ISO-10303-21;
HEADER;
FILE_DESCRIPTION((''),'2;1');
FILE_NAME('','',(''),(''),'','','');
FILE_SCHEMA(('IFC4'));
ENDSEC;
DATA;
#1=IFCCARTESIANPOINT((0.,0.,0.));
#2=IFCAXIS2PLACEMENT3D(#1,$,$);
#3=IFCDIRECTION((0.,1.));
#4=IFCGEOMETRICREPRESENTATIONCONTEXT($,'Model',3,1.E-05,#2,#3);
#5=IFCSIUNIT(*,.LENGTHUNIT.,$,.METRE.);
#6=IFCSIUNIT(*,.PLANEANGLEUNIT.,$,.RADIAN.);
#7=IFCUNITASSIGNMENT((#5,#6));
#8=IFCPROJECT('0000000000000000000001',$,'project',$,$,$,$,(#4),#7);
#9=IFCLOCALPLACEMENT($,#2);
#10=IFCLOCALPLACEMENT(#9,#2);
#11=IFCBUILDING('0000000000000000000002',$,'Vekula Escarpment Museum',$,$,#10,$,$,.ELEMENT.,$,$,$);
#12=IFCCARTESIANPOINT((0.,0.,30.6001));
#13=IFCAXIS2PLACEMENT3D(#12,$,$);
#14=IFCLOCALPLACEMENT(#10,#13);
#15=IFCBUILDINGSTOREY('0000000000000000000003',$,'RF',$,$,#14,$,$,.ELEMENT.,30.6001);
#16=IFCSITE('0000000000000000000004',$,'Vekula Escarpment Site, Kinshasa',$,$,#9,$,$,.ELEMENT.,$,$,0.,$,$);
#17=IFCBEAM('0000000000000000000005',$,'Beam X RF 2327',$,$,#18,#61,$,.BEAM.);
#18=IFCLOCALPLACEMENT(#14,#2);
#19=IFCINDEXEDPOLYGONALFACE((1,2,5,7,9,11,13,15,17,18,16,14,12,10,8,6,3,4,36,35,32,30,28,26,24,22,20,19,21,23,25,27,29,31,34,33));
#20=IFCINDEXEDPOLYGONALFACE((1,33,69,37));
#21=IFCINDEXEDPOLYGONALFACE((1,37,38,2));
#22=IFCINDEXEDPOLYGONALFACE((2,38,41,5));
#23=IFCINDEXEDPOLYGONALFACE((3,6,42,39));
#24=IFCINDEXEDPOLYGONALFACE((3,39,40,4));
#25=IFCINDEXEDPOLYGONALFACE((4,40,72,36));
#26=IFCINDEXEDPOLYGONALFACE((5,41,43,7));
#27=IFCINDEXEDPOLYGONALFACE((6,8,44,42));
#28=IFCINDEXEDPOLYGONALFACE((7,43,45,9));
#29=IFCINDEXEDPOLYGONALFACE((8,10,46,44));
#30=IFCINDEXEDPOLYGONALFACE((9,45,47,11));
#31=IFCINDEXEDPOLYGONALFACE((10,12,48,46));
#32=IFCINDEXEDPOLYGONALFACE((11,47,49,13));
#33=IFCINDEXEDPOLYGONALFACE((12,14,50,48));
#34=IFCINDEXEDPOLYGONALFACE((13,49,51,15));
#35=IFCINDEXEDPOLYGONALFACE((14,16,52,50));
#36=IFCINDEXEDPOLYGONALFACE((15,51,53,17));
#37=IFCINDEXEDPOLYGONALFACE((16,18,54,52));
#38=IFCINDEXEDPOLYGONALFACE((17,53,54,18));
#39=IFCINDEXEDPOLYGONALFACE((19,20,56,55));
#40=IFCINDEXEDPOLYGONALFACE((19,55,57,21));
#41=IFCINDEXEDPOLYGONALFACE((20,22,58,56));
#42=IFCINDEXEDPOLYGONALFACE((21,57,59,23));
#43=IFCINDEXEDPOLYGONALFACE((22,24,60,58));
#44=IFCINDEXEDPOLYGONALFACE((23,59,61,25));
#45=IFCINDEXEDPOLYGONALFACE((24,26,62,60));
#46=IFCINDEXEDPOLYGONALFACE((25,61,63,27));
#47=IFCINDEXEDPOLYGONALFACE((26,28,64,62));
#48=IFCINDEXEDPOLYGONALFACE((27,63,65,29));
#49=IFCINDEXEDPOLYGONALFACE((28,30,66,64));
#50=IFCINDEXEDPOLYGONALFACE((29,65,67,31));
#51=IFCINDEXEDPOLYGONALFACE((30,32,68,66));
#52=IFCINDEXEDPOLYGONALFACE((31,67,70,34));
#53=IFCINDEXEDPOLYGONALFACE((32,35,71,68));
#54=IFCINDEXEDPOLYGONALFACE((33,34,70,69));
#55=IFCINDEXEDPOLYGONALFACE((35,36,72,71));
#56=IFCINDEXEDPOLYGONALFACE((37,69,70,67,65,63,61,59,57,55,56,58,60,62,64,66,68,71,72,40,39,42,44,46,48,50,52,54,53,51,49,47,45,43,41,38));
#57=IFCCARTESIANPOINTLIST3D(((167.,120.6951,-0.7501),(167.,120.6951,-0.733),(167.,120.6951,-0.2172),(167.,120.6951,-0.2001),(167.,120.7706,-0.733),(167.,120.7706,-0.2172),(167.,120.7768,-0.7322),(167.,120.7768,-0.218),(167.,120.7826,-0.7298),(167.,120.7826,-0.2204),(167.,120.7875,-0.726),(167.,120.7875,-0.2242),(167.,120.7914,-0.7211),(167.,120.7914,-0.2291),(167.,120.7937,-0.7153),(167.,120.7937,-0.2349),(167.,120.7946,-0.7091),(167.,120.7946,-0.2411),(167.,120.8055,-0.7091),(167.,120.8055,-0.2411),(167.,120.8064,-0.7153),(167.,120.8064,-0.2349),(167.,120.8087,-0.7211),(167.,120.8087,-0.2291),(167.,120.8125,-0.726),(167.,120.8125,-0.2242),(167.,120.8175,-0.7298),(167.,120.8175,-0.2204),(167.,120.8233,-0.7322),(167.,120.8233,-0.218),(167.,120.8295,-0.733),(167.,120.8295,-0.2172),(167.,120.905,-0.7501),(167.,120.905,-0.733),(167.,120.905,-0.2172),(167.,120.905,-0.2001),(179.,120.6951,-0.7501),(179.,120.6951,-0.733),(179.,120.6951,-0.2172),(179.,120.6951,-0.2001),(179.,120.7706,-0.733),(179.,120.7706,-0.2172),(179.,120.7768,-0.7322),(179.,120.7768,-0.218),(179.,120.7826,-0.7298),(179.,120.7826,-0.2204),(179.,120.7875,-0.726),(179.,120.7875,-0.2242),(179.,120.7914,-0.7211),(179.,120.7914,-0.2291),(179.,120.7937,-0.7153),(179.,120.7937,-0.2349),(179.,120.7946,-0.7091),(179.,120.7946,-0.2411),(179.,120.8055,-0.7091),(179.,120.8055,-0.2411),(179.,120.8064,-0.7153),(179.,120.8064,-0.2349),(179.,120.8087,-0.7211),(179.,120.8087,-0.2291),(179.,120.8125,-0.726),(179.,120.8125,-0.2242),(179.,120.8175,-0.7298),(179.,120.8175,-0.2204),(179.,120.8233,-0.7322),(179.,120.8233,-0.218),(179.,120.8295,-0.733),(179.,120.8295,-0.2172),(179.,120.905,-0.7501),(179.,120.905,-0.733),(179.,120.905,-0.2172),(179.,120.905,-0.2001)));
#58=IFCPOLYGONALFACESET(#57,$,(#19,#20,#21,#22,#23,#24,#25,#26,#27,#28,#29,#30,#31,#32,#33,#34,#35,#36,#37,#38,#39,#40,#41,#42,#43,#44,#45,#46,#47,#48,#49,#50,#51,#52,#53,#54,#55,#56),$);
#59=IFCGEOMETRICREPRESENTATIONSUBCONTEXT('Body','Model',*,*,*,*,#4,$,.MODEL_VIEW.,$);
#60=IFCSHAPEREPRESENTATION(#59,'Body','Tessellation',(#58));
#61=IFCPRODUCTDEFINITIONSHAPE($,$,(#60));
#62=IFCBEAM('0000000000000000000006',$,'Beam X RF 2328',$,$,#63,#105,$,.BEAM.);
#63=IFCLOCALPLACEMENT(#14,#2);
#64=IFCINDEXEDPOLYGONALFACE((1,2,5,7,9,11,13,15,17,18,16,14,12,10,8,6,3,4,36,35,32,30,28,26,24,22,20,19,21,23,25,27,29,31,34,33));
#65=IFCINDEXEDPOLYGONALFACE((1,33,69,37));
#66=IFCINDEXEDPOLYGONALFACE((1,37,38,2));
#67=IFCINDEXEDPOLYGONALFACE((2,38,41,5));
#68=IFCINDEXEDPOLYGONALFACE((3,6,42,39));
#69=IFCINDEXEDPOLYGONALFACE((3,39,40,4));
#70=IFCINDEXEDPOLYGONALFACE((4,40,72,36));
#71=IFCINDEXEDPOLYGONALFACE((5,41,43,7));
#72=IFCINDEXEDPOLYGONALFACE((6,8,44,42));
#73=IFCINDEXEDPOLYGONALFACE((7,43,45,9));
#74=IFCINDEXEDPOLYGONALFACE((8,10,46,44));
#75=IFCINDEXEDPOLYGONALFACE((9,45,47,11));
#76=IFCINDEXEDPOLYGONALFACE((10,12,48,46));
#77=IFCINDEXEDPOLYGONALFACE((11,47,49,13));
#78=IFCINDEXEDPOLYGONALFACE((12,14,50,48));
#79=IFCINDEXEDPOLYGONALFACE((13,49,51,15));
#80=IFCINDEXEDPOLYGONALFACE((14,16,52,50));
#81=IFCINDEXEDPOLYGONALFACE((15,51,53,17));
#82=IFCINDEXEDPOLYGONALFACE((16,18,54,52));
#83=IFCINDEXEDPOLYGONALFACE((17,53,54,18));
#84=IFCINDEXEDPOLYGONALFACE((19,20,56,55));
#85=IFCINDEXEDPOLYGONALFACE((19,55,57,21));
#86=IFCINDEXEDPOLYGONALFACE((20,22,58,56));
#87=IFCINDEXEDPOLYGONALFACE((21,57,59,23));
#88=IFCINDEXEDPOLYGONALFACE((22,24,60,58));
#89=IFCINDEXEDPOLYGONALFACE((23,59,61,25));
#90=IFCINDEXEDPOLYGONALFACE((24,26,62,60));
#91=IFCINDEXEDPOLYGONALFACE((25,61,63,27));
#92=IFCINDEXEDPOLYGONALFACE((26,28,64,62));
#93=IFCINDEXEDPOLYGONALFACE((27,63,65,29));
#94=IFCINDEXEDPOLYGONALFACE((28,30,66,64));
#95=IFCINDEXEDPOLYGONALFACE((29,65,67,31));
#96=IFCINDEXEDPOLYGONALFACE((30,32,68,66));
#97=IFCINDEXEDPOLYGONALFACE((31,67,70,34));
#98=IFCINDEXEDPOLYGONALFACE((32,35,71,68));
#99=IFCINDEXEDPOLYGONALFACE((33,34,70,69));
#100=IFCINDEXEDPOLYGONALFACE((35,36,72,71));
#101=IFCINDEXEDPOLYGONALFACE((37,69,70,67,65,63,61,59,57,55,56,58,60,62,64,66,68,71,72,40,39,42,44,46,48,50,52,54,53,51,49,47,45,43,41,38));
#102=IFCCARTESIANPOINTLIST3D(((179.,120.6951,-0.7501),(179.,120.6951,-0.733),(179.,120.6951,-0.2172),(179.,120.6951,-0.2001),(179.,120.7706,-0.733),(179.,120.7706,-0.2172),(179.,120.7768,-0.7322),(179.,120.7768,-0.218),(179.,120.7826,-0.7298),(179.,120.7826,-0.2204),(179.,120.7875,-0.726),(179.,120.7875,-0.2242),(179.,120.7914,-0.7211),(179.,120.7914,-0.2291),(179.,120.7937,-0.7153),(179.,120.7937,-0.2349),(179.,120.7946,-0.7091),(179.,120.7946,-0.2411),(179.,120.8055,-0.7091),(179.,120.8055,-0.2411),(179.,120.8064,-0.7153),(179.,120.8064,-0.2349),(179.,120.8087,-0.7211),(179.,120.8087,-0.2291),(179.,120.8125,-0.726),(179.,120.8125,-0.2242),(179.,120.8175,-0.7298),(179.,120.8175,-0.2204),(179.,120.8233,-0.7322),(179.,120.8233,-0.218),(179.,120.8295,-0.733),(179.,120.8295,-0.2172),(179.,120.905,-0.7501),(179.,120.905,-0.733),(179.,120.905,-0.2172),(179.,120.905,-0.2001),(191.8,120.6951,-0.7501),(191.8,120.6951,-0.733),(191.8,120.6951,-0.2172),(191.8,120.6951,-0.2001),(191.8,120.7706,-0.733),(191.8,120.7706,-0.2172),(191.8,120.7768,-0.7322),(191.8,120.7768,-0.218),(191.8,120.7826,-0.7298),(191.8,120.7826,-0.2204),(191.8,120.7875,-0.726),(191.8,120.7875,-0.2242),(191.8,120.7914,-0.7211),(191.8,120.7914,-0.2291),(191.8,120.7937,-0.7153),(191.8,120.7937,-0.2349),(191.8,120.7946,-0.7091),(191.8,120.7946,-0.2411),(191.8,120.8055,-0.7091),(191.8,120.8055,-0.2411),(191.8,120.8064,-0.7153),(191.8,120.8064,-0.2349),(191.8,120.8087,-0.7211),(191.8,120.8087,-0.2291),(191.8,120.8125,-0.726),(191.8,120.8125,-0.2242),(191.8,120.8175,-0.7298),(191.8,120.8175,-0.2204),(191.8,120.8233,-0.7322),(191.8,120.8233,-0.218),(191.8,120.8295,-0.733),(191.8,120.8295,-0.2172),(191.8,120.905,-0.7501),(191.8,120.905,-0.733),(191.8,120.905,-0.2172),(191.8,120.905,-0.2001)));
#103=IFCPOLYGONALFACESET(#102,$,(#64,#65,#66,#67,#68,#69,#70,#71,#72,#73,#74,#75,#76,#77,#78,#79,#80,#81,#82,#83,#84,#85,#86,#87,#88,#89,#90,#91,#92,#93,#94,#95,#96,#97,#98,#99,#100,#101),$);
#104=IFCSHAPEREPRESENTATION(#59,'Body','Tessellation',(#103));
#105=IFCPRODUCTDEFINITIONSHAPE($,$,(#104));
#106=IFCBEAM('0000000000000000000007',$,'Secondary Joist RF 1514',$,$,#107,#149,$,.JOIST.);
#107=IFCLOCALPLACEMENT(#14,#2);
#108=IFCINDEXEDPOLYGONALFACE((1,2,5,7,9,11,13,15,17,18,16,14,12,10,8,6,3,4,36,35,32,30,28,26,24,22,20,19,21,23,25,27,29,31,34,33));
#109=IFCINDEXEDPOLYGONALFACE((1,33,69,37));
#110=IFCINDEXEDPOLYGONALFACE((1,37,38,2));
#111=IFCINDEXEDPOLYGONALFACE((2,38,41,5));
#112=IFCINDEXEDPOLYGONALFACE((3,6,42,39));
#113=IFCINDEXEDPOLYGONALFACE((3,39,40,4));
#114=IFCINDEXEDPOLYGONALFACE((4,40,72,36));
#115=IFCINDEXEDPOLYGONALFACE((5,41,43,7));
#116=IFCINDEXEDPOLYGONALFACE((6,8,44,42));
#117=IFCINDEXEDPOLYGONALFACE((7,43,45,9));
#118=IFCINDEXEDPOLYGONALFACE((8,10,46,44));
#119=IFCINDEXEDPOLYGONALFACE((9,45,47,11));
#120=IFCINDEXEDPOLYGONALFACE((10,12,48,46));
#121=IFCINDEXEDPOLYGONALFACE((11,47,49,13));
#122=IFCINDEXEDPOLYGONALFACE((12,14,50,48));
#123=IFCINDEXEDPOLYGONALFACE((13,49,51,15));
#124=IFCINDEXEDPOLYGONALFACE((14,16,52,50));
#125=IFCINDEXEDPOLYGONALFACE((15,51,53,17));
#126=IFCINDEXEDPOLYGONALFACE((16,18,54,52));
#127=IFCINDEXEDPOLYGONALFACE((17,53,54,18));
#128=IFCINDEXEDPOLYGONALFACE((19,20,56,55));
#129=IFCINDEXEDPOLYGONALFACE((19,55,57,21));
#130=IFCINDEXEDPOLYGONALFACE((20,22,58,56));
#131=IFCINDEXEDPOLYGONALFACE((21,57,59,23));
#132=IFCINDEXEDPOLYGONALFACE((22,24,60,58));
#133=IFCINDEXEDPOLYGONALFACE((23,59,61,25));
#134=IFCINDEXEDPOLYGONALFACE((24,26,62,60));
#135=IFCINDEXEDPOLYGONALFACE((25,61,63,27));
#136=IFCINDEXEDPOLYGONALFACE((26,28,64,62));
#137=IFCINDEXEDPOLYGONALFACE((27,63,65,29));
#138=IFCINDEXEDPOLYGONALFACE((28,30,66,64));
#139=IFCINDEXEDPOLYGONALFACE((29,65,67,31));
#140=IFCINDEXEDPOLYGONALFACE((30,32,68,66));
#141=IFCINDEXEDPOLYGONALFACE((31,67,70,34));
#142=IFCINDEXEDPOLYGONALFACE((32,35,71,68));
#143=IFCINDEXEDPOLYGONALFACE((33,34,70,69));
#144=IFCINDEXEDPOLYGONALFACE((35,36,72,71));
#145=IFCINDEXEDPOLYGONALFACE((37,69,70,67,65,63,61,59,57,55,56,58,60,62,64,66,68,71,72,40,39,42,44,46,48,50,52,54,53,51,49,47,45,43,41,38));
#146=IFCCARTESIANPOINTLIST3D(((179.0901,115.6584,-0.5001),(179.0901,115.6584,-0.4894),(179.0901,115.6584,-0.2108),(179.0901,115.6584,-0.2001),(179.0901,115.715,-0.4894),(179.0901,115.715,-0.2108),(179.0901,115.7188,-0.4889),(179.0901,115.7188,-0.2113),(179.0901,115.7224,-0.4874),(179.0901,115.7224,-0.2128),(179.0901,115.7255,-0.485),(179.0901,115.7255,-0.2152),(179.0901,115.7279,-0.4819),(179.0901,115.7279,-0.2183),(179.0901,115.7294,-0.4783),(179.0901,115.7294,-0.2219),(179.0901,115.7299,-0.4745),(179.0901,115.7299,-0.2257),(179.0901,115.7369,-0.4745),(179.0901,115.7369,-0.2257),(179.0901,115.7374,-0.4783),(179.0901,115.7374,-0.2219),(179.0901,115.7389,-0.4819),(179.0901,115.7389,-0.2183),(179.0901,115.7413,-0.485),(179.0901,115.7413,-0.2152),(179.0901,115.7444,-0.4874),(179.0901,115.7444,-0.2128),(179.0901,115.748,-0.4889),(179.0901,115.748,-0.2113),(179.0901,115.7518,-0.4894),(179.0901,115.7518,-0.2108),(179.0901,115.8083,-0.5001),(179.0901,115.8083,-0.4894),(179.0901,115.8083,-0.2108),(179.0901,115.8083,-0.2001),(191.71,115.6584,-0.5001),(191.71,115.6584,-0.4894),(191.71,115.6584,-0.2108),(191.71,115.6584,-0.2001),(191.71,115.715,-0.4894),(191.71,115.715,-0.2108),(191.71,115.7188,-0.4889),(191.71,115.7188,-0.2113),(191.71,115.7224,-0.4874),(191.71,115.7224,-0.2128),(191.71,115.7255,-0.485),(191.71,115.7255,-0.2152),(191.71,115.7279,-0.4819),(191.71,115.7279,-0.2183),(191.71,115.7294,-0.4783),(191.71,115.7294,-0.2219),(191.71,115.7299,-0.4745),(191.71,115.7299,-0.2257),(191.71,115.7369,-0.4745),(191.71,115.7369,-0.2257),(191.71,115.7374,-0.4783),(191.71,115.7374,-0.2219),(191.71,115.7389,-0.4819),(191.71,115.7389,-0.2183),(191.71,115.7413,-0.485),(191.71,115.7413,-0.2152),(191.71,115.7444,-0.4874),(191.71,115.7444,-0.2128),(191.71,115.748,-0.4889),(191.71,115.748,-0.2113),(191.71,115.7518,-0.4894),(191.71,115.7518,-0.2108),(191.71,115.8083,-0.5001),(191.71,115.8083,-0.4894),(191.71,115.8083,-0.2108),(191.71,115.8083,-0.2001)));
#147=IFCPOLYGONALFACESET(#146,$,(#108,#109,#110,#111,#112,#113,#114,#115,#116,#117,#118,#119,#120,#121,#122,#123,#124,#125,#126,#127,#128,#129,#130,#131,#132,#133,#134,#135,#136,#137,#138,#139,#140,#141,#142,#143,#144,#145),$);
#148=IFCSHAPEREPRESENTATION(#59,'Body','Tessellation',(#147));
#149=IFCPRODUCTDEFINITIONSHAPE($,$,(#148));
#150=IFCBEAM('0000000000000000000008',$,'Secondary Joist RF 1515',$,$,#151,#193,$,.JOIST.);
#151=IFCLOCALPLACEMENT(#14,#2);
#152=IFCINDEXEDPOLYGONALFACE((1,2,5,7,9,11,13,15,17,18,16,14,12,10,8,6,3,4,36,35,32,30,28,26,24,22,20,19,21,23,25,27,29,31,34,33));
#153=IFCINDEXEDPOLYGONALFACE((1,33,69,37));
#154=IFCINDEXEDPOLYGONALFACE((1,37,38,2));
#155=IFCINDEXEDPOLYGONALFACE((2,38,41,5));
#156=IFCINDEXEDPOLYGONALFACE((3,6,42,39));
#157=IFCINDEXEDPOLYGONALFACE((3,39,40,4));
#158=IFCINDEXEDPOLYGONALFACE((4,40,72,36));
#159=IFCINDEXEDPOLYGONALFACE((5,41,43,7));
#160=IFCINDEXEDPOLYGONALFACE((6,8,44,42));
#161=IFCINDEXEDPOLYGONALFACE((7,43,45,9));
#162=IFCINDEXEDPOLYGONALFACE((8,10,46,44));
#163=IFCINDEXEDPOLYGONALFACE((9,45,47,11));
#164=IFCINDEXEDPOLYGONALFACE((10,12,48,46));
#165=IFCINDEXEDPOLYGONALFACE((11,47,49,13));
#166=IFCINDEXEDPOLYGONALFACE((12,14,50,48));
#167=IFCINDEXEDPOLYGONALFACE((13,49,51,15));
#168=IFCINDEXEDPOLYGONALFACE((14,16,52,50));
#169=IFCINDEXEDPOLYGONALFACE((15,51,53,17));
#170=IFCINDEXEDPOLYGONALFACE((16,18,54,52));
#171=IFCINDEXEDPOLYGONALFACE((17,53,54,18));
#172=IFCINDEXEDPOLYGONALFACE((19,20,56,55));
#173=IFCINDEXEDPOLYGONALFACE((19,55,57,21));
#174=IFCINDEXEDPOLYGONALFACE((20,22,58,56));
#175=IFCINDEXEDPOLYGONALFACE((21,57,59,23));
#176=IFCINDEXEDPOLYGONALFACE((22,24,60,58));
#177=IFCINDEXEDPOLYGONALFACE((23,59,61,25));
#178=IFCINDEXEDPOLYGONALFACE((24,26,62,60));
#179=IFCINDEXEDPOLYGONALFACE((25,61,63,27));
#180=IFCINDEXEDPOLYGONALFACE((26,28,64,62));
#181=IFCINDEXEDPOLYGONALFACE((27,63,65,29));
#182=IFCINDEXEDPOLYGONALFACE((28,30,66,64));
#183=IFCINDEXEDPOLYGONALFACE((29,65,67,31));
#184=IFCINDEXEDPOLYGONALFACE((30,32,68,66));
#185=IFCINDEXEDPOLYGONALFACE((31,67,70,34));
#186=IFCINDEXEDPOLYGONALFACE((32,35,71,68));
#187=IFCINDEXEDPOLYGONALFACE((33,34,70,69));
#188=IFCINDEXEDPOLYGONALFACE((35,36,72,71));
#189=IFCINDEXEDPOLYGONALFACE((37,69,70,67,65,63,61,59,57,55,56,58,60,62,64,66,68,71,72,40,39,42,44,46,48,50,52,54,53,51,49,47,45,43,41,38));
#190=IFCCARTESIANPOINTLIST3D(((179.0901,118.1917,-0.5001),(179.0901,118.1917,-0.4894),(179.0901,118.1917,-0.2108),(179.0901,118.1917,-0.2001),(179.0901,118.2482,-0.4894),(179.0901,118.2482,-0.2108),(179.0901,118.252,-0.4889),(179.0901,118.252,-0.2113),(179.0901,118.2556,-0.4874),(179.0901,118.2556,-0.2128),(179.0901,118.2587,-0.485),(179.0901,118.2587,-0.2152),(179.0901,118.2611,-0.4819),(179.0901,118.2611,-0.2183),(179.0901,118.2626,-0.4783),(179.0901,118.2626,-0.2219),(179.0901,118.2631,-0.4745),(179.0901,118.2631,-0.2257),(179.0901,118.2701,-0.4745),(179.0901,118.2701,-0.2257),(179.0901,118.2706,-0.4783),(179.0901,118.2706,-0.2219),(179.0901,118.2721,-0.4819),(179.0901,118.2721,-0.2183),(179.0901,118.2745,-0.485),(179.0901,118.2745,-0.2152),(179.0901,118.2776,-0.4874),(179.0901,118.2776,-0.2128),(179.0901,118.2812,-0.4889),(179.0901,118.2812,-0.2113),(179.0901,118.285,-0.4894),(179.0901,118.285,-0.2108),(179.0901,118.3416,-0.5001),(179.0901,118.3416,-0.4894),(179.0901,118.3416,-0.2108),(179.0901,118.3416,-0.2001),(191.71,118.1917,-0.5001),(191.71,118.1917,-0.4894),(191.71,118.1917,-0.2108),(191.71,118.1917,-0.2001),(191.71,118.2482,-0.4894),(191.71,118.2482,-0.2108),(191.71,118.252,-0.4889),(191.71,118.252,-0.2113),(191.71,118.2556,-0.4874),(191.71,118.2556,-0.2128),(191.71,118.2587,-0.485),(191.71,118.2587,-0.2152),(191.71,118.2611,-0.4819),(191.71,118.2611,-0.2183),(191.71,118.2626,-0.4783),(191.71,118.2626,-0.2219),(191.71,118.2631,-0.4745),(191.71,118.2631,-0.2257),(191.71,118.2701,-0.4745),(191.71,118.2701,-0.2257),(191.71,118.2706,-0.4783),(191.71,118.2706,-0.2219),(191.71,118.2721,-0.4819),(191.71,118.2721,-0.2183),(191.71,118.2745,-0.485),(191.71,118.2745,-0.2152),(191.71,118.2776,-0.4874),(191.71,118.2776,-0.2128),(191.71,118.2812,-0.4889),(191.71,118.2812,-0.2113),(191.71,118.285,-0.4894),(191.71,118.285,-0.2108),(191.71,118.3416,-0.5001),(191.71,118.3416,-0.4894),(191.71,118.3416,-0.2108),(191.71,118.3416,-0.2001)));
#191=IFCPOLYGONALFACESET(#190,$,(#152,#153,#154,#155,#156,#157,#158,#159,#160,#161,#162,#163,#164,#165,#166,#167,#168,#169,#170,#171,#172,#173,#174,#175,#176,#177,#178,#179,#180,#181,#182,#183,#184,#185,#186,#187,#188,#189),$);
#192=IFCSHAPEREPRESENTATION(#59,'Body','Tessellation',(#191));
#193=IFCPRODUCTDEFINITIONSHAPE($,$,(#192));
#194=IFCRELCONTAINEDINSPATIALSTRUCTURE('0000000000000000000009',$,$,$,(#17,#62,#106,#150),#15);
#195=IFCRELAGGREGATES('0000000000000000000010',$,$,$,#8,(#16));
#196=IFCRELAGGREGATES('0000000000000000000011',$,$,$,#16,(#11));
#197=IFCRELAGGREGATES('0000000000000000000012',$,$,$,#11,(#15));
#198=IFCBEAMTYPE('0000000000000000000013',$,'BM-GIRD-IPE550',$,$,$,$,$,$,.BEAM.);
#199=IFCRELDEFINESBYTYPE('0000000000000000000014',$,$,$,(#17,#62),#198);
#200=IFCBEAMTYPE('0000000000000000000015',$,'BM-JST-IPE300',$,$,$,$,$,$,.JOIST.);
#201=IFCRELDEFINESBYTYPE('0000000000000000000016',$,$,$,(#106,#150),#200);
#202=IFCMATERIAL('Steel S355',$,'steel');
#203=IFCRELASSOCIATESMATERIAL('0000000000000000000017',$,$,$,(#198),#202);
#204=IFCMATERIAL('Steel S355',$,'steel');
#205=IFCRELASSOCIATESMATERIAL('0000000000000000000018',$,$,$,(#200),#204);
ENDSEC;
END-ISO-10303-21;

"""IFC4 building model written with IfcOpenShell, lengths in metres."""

from ifc_helpers import new_model, si_unit, direction, frame, origin, origin_2d, place, context, subcontext, project, spatial, i_section, extrude, material, material_profile, profile_set, type_object, element, save


model = new_model("IFC4")

# Units and contexts
model_context = context("Model", 3, precision=1e-05, world=origin(), true_north=direction((0.0, 1.0)))
body_context = subcontext(model_context, "Body", "Model", "MODEL_VIEW")
ifc_project = project(units=[si_unit("LENGTHUNIT", "METRE"), si_unit("PLANEANGLEUNIT", "RADIAN")], contexts=[model_context])

# Site, building, storey
site_placement = place(None, origin())
site = spatial("IfcSite", under=ifc_project, at=site_placement, Name="Vekula Escarpment Site, Kinshasa", CompositionType="ELEMENT", RefElevation=0.0)
building_placement = place(site_placement, origin())
building = spatial("IfcBuilding", under=site, at=building_placement, Name="Vekula Escarpment Museum", CompositionType="ELEMENT")
storey_placement = place(building_placement, frame((0.0, 0.0, 30.6001)))
storey = spatial("IfcBuildingStorey", under=building, at=storey_placement, Name="RF", CompositionType="ELEMENT", Elevation=30.6001)

# Beams
ifc_material_1 = material(Name="Steel S355", Category="steel")
ifc_material_profile_1 = material_profile(ifc_material_1, i_section(OverallWidth=0.21, OverallDepth=0.55, WebThickness=0.011, FlangeThickness=0.0171, FilletRadius=0.0239, at=origin_2d()), Name="IPE 550")
ifc_profile_set_1 = profile_set([ifc_material_profile_1], Name="Steel S355")
beam_type_1 = type_object("IfcBeamType", Name="BM-GIRD-IPE550", PredefinedType="BEAM", material=ifc_profile_set_1)
beam_1_placement = place(storey_placement, frame((167.0, 120.8, -0.4751), z_axis=(1.0, 0.0, 0.0), x_axis=(0.0, 1.0, 0.0)))
element("IfcBeam", 1, at=beam_1_placement, inside=storey, type_object=beam_type_1, Name="Beam X RF 2327", PredefinedType="BEAM", context=body_context, shape_type="SweptSolid", body=[
    extrude(i_section(OverallWidth=0.21, OverallDepth=0.55, WebThickness=0.011, FlangeThickness=0.0171, FilletRadius=0.0239, at=origin_2d()), origin(), (0.0, 0.0, 1.0), 12.0),
])
beam_2_placement = place(storey_placement, frame((179.0, 120.8, -0.4751), z_axis=(1.0, 0.0, 0.0), x_axis=(0.0, 1.0, 0.0)))
element("IfcBeam", 2, at=beam_2_placement, inside=storey, type_object=beam_type_1, Name="Beam X RF 2328", PredefinedType="BEAM", context=body_context, shape_type="SweptSolid", body=[
    extrude(i_section(OverallWidth=0.21, OverallDepth=0.55, WebThickness=0.011, FlangeThickness=0.0171, FilletRadius=0.0239, at=origin_2d()), origin(), (0.0, 0.0, 1.0), 12.8),
])
ifc_material_2 = material(Name="Steel S355", Category="steel")
ifc_material_profile_2 = material_profile(ifc_material_2, i_section(OverallWidth=0.1499, OverallDepth=0.3, WebThickness=0.0071, FlangeThickness=0.0107, FilletRadius=0.0149, at=origin_2d()), Name="IPE 300")
ifc_profile_set_2 = profile_set([ifc_material_profile_2], Name="Steel S355")
beam_type_2 = type_object("IfcBeamType", Name="BM-JST-IPE300", PredefinedType="JOIST", material=ifc_profile_set_2)
for number, where, z_axis, x_axis, name in (
    (3, (179.0901, 115.7334, -0.3501), (1.0, 0.0, 0.0), (0.0, 1.0, 0.0), "Secondary Joist RF 1514"),
    (4, (179.0901, 118.2666, -0.3501), (1.0, 0.0, 0.0), (0.0, 1.0, 0.0), "Secondary Joist RF 1515"),
):
    element("IfcBeam", number, at=place(storey_placement, frame(where, z_axis=z_axis, x_axis=x_axis)), inside=storey, type_object=beam_type_2, Name=name, PredefinedType="JOIST", context=body_context, shape_type="SweptSolid", body=[
        extrude(i_section(OverallWidth=0.1499, OverallDepth=0.3, WebThickness=0.0071, FlangeThickness=0.0107, FilletRadius=0.0149, at=origin_2d()), origin(), (0.0, 0.0, 1.0), 12.6199),
    ])

save(model, "model.ifc")
